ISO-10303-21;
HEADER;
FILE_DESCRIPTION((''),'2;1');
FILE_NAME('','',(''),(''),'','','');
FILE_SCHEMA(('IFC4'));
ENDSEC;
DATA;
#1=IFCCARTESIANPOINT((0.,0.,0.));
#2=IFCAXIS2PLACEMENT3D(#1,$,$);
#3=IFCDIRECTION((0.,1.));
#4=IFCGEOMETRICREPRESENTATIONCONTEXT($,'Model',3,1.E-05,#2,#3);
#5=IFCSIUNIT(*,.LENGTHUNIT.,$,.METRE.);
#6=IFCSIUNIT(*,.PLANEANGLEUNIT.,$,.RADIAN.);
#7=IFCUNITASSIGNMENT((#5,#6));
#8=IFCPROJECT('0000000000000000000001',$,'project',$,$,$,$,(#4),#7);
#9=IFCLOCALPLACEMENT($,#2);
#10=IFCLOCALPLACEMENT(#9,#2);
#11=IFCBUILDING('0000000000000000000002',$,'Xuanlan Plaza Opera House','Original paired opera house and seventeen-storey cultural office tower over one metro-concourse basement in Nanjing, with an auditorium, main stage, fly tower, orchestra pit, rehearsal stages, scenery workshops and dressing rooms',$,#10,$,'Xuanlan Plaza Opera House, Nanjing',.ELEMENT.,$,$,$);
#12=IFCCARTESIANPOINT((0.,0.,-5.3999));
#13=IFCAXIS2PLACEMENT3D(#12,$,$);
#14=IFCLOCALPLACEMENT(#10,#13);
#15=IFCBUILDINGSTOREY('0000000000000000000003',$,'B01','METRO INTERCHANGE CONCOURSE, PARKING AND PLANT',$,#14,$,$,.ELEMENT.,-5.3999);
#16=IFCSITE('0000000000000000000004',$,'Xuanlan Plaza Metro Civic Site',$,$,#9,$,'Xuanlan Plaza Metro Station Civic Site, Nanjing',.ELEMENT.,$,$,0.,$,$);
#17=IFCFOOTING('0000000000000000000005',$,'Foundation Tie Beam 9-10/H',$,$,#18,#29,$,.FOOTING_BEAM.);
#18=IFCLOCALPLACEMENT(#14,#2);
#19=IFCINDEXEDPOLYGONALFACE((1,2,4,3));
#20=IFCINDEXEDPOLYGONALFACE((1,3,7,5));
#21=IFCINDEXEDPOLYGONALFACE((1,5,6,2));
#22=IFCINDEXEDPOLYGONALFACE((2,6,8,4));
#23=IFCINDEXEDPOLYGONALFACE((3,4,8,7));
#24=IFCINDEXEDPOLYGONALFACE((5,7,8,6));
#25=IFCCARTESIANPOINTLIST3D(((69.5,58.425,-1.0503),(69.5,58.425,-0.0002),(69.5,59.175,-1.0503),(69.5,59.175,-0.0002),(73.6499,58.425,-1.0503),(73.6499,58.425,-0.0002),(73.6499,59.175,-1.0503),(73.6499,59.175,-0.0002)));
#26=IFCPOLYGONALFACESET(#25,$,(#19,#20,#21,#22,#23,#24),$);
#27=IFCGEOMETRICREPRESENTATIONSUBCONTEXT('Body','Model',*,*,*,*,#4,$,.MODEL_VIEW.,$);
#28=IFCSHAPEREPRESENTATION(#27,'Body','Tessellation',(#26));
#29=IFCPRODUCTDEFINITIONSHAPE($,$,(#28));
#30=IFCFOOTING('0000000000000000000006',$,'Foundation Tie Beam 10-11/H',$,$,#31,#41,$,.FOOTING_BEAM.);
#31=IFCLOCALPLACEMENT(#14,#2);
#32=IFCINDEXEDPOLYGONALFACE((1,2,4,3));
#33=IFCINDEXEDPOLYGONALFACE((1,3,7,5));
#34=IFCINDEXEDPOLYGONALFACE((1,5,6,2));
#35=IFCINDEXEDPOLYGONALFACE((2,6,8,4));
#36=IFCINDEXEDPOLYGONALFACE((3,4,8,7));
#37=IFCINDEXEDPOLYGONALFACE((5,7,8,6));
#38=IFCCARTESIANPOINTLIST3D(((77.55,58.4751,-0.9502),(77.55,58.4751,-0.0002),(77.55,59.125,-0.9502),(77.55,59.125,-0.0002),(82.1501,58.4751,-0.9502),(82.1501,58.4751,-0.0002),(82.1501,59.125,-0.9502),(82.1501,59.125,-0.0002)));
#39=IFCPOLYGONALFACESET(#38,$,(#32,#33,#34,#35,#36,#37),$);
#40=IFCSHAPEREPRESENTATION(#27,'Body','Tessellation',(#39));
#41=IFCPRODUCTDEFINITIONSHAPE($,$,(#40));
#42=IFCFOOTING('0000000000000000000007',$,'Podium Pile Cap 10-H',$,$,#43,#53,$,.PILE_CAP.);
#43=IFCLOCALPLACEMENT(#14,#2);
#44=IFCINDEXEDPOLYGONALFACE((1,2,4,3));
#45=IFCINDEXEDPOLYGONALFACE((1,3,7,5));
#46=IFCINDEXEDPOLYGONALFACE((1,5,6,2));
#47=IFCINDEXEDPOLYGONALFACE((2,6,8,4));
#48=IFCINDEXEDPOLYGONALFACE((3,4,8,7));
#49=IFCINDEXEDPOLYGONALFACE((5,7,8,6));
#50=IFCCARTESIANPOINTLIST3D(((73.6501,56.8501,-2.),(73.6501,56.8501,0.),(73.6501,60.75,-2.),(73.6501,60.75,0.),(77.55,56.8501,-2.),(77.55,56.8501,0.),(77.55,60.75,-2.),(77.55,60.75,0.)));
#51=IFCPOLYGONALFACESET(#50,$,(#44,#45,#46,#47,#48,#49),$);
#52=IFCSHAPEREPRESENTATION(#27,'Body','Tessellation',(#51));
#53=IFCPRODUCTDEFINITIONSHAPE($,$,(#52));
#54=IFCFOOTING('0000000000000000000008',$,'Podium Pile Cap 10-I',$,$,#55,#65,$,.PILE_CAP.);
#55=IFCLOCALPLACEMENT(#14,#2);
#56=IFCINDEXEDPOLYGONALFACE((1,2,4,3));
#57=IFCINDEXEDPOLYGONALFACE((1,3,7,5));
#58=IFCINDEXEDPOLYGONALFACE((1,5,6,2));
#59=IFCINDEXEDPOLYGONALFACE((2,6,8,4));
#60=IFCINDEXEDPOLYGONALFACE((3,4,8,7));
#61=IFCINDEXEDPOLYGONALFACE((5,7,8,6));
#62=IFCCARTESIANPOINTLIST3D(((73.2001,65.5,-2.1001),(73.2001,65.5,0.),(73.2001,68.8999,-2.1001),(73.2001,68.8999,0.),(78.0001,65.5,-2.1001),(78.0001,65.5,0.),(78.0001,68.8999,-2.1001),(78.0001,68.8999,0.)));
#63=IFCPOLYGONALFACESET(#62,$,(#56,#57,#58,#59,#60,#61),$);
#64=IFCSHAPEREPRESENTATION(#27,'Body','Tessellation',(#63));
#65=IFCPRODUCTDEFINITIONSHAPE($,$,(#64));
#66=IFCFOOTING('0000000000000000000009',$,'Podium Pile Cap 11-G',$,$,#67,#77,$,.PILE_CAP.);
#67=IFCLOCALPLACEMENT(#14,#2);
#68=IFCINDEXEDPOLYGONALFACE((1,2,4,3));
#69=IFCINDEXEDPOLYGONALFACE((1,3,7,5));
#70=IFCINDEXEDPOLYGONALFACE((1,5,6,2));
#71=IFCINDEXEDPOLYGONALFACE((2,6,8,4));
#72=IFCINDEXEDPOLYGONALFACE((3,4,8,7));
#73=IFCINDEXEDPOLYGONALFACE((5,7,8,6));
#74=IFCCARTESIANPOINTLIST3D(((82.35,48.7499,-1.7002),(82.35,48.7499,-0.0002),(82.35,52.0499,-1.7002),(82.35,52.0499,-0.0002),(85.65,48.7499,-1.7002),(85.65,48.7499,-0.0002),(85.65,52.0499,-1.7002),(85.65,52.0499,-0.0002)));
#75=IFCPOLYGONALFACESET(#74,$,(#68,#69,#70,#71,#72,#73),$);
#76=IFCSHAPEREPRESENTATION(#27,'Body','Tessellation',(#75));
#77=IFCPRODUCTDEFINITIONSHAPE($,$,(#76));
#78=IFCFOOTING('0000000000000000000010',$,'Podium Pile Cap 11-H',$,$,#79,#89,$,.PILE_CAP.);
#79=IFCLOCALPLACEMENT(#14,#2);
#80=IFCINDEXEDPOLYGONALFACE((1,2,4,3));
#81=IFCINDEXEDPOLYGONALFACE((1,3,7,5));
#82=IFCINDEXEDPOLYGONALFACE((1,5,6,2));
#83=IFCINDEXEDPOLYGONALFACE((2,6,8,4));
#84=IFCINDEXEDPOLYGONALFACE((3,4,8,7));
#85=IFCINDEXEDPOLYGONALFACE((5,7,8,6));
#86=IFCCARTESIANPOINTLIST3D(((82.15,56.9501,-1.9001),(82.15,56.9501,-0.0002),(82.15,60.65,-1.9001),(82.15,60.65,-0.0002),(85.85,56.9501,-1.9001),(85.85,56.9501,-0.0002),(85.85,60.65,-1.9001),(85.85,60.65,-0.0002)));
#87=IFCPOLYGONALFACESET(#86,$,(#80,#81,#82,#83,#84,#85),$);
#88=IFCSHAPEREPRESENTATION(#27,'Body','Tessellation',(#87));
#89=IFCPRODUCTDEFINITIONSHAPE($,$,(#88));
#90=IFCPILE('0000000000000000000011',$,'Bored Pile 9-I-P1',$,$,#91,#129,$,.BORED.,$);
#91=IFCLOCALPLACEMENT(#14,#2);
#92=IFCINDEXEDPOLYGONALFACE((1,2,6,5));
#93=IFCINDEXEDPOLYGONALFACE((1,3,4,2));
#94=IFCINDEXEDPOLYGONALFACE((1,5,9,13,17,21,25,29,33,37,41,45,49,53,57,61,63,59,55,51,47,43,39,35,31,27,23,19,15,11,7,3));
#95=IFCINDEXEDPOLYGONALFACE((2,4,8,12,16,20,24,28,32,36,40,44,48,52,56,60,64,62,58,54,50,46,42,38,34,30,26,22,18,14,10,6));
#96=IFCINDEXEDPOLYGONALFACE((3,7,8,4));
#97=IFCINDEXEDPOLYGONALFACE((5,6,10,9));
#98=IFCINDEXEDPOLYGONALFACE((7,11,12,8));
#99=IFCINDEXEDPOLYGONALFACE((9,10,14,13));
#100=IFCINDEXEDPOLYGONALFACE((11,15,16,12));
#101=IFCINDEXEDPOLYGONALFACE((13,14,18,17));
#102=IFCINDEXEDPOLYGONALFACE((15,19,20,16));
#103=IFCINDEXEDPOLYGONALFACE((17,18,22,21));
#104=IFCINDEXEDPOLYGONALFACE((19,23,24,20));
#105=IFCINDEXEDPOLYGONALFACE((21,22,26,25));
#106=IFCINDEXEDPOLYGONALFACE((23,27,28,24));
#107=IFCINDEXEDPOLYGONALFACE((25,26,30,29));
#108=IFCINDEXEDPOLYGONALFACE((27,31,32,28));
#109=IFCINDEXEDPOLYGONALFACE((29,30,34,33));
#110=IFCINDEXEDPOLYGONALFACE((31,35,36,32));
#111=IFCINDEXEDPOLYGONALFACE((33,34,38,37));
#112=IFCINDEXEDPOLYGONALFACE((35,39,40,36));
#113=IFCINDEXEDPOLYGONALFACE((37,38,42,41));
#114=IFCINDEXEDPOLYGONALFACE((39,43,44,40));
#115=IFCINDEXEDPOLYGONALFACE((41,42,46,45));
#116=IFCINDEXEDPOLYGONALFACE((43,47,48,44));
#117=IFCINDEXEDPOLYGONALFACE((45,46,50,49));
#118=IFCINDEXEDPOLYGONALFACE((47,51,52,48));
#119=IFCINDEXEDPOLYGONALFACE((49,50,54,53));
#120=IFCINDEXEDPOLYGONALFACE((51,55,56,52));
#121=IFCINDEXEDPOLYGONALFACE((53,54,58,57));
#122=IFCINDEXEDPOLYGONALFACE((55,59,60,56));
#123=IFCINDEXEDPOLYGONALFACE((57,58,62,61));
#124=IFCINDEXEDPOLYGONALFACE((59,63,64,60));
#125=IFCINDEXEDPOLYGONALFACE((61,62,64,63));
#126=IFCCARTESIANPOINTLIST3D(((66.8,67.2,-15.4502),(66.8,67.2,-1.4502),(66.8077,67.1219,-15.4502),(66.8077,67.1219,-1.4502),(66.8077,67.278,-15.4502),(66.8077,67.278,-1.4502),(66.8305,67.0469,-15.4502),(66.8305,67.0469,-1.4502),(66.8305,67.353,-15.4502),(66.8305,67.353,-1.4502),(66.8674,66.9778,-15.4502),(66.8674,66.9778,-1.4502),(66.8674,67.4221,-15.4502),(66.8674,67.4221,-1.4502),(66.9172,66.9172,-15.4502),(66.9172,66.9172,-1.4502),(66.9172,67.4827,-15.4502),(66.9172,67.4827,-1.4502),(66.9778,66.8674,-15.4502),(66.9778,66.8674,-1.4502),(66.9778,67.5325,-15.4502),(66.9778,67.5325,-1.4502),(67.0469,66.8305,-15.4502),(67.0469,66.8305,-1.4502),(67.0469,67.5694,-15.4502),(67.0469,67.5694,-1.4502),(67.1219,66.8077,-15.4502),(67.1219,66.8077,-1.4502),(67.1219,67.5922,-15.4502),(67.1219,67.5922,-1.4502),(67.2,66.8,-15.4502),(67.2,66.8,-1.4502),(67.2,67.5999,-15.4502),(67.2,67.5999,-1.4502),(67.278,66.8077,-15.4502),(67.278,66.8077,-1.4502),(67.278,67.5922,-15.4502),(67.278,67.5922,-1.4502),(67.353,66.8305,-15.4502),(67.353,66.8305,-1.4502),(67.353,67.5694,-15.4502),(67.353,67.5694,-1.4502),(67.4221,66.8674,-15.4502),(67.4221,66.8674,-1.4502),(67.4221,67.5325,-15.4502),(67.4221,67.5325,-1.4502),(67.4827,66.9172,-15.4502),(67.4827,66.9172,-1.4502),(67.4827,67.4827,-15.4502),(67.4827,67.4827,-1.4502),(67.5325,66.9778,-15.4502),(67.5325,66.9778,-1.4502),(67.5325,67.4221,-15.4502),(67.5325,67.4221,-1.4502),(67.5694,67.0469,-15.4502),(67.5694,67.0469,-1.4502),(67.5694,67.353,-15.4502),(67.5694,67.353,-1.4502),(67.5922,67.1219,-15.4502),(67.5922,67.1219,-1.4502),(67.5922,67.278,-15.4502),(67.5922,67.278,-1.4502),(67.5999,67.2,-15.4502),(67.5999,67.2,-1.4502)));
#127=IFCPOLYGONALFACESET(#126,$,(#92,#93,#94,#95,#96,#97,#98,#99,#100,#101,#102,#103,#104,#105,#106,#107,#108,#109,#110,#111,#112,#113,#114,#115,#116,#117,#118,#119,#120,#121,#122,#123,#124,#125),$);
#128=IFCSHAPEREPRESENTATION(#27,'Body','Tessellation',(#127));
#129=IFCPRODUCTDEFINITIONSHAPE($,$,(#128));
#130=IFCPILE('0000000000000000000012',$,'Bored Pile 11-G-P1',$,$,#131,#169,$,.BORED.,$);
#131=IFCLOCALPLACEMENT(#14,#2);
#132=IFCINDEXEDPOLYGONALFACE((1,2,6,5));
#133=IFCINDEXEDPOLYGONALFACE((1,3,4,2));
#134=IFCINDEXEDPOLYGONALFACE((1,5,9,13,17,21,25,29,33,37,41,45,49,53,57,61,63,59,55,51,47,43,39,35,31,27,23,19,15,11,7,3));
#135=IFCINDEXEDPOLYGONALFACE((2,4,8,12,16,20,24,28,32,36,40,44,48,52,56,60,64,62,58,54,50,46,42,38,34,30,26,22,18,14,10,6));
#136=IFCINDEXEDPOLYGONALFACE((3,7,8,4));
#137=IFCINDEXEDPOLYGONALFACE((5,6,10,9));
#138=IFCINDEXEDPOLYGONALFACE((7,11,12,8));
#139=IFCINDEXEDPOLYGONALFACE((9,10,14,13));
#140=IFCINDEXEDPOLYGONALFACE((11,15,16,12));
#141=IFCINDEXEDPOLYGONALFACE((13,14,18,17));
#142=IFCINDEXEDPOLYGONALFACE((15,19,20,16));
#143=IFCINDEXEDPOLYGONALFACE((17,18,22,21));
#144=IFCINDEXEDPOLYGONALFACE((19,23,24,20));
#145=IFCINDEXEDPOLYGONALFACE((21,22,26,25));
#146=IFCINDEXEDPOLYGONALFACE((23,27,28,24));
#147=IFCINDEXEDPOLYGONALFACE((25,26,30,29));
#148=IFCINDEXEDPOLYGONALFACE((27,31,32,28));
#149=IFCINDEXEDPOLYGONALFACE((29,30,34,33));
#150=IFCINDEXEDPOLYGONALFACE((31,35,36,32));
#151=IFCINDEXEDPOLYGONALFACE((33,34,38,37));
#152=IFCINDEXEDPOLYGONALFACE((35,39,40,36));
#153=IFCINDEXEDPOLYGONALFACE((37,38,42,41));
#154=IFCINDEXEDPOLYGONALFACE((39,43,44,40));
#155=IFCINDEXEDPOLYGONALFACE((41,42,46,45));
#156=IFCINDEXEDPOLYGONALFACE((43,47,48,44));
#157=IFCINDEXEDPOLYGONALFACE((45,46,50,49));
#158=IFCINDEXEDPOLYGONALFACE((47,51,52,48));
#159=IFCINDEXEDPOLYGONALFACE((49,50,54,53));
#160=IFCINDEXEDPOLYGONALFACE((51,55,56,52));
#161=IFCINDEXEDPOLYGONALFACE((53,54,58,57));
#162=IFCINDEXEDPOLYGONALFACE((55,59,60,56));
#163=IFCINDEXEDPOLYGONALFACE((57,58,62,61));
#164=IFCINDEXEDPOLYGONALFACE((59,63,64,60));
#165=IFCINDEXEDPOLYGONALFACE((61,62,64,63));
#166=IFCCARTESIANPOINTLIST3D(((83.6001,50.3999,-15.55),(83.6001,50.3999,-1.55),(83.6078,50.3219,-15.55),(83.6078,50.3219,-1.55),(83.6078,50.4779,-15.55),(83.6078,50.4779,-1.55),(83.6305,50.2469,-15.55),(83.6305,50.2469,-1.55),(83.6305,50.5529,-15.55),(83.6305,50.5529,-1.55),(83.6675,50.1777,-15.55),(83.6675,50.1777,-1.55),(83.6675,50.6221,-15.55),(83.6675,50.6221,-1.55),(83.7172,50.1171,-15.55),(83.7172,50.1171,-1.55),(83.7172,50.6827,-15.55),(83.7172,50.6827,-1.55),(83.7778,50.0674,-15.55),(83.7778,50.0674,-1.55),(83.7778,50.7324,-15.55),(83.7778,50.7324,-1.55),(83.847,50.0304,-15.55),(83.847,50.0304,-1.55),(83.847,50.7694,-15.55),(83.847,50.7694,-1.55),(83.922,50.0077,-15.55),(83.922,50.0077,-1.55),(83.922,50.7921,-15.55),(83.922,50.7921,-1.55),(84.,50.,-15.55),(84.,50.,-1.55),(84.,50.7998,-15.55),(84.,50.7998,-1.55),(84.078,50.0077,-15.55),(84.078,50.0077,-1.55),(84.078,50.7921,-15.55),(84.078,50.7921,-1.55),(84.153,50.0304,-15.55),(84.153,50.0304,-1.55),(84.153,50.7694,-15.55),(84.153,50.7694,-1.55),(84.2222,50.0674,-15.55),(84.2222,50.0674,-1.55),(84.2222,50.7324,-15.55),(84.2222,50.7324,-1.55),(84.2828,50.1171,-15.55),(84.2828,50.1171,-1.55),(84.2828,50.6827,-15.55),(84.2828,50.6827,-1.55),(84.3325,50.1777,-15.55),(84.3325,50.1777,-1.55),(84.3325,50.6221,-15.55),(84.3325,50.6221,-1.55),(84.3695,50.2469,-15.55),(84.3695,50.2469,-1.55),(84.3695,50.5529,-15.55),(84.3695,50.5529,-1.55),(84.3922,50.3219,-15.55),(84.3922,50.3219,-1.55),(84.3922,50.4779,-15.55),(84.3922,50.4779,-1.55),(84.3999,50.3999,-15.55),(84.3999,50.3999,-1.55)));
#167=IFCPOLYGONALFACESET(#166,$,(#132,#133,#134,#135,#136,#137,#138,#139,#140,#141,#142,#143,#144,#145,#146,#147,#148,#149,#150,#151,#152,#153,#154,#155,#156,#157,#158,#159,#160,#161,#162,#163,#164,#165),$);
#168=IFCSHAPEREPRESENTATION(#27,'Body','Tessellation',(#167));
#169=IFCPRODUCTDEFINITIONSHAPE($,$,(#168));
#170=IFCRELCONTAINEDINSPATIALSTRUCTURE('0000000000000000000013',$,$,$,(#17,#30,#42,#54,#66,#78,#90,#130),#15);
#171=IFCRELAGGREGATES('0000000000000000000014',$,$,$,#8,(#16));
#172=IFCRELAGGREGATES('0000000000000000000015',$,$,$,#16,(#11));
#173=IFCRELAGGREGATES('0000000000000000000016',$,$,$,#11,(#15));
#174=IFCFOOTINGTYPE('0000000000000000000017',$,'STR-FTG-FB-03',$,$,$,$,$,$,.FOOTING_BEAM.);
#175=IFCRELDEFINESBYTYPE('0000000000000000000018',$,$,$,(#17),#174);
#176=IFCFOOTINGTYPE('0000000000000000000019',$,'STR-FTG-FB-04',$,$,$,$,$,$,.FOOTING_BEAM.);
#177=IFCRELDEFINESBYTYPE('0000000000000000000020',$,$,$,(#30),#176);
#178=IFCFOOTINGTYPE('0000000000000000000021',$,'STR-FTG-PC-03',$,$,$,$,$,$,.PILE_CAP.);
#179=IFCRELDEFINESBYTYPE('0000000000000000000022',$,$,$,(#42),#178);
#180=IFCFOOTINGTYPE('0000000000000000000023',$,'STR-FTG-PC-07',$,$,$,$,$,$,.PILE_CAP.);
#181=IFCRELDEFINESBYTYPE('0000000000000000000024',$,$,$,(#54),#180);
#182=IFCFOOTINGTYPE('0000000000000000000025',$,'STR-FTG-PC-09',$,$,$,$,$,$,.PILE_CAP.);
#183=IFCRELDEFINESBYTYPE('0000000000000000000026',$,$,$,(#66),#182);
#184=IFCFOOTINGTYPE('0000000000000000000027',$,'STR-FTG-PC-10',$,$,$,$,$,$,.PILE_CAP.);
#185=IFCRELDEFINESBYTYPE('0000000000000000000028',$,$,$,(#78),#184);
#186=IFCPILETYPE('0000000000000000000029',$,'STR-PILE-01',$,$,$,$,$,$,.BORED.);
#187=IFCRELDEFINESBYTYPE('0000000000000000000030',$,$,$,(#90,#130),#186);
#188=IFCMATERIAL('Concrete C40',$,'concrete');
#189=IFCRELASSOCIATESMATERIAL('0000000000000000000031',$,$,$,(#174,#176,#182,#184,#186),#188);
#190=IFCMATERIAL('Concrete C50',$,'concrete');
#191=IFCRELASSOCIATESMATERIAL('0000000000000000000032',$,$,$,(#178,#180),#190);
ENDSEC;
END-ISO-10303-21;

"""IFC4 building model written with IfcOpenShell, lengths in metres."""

from ifc_helpers import new_model, si_unit, direction, frame, origin, origin_2d, place, context, subcontext, project, spatial, rectangle, circle, extrude, material, material_profile, profile_set, type_object, element, save


model = new_model("IFC4")

# Units and contexts
model_context = context("Model", 3, precision=1e-05, world=origin(), true_north=direction((0.0, 1.0)))
body_context = subcontext(model_context, "Body", "Model", "MODEL_VIEW")
ifc_project = project(units=[si_unit("LENGTHUNIT", "METRE"), si_unit("PLANEANGLEUNIT", "RADIAN")], contexts=[model_context])

# Site, building, storey
site_placement = place(None, origin())
site = spatial("IfcSite", under=ifc_project, at=site_placement, Name="Xuanlan Plaza Metro Civic Site", LongName="Xuanlan Plaza Metro Station Civic Site, Nanjing", CompositionType="ELEMENT", RefElevation=0.0)
building_placement = place(site_placement, origin())
building = spatial("IfcBuilding", under=site, at=building_placement, Name="Xuanlan Plaza Opera House", Description="Original paired opera house and seventeen-storey cultural office tower over one metro-concourse basement in Nanjing, with an auditorium, main stage, fly tower, orchestra pit, rehearsal stages, scenery workshops and dressing rooms", LongName="Xuanlan Plaza Opera House, Nanjing", CompositionType="ELEMENT")
storey_placement = place(building_placement, frame((0.0, 0.0, -5.3999)))
storey = spatial("IfcBuildingStorey", under=building, at=storey_placement, Name="B01", Description="METRO INTERCHANGE CONCOURSE, PARKING AND PLANT", CompositionType="ELEMENT", Elevation=-5.3999)

# Footings
ifc_material_1 = material(Name="Concrete C40", Category="concrete")
footing_type_1 = type_object("IfcFootingType", Name="STR-FTG-FB-03", PredefinedType="FOOTING_BEAM", material=ifc_material_1)
footing_1_placement = place(storey_placement, frame((71.575, 58.8, -1.0503), z_axis=(0.0, 0.0, 1.0), x_axis=(1.0, 0.0, 0.0)))
element("IfcFooting", 1, at=footing_1_placement, inside=storey, type_object=footing_type_1, Name="Foundation Tie Beam 9-10/H", PredefinedType="FOOTING_BEAM", context=body_context, shape_type="SweptSolid", body=[
    extrude(rectangle(XDim=4.1499, YDim=0.75, at=origin_2d()), origin(), (0.0, 0.0, 1.0), 1.05),
])
footing_type_2 = type_object("IfcFootingType", Name="STR-FTG-FB-04", PredefinedType="FOOTING_BEAM", material=ifc_material_1)
footing_2_placement = place(storey_placement, frame((79.8501, 58.8, -0.9502), z_axis=(0.0, 0.0, 1.0), x_axis=(1.0, 0.0, 0.0)))
element("IfcFooting", 2, at=footing_2_placement, inside=storey, type_object=footing_type_2, Name="Foundation Tie Beam 10-11/H", PredefinedType="FOOTING_BEAM", context=body_context, shape_type="SweptSolid", body=[
    extrude(rectangle(XDim=4.6001, YDim=0.6499, at=origin_2d()), origin(), (0.0, 0.0, 1.0), 0.95),
])
ifc_material_2 = material(Name="Concrete C50", Category="concrete")
footing_type_3 = type_object("IfcFootingType", Name="STR-FTG-PC-03", PredefinedType="PILE_CAP", material=ifc_material_2)
footing_3_placement = place(storey_placement, frame((75.6001, 58.8, -2.0), z_axis=(0.0, 0.0, 1.0), x_axis=(1.0, 0.0, 0.0)))
element("IfcFooting", 3, at=footing_3_placement, inside=storey, type_object=footing_type_3, Name="Podium Pile Cap 10-H", PredefinedType="PILE_CAP", context=body_context, shape_type="SweptSolid", body=[
    extrude(rectangle(XDim=3.8999, YDim=3.8999, at=origin_2d()), origin(), (0.0, 0.0, 1.0), 2.0),
])
footing_type_4 = type_object("IfcFootingType", Name="STR-FTG-PC-07", PredefinedType="PILE_CAP", material=ifc_material_2)
footing_4_placement = place(storey_placement, frame((75.6001, 67.2, -2.1001), z_axis=(0.0, 0.0, 1.0), x_axis=(1.0, 0.0, 0.0)))
element("IfcFooting", 4, at=footing_4_placement, inside=storey, type_object=footing_type_4, Name="Podium Pile Cap 10-I", PredefinedType="PILE_CAP", context=body_context, shape_type="SweptSolid", body=[
    extrude(rectangle(XDim=4.8, YDim=3.3999, at=origin_2d()), origin(), (0.0, 0.0, 1.0), 2.1001),
])
footing_type_5 = type_object("IfcFootingType", Name="STR-FTG-PC-09", PredefinedType="PILE_CAP", material=ifc_material_1)
footing_5_placement = place(storey_placement, frame((84.0, 50.3999, -1.7002), z_axis=(0.0, 0.0, 1.0), x_axis=(1.0, 0.0, 0.0)))
element("IfcFooting", 5, at=footing_5_placement, inside=storey, type_object=footing_type_5, Name="Podium Pile Cap 11-G", PredefinedType="PILE_CAP", context=body_context, shape_type="SweptSolid", body=[
    extrude(rectangle(XDim=3.3, YDim=3.3, at=origin_2d()), origin(), (0.0, 0.0, 1.0), 1.7),
])
footing_type_6 = type_object("IfcFootingType", Name="STR-FTG-PC-10", PredefinedType="PILE_CAP", material=ifc_material_1)
footing_6_placement = place(storey_placement, frame((84.0, 58.8, -1.9001), z_axis=(0.0, 0.0, 1.0), x_axis=(1.0, 0.0, 0.0)))
element("IfcFooting", 6, at=footing_6_placement, inside=storey, type_object=footing_type_6, Name="Podium Pile Cap 11-H", PredefinedType="PILE_CAP", context=body_context, shape_type="SweptSolid", body=[
    extrude(rectangle(XDim=3.7, YDim=3.7, at=origin_2d()), origin(), (0.0, 0.0, 1.0), 1.8999),
])

# Piles
ifc_material_profile_1 = material_profile(ifc_material_1, circle(Radius=0.3999, at=origin_2d()), Name="PILE D800")
ifc_profile_set_1 = profile_set([ifc_material_profile_1], Name="Concrete C40")
pile_type_1 = type_object("IfcPileType", Name="STR-PILE-01", PredefinedType="BORED", material=ifc_profile_set_1)
for number, where, z_axis, x_axis, name in (
    (7, (67.2, 67.2, -1.4502), (0.0, 0.0, -1.0), (1.0, 0.0, 0.0), "Bored Pile 9-I-P1"),
    (8, (84.0, 50.3999, -1.55), (0.0, 0.0, -1.0), (1.0, 0.0, 0.0), "Bored Pile 11-G-P1"),
):
    element("IfcPile", number, at=place(storey_placement, frame(where, z_axis=z_axis, x_axis=x_axis)), inside=storey, type_object=pile_type_1, Name=name, PredefinedType="BORED", context=body_context, shape_type="SweptSolid", body=[
        extrude(circle(Radius=0.3999, at=origin_2d()), origin(), (0.0, 0.0, 1.0), 14.0),
    ])

save(model, "model.ifc")
